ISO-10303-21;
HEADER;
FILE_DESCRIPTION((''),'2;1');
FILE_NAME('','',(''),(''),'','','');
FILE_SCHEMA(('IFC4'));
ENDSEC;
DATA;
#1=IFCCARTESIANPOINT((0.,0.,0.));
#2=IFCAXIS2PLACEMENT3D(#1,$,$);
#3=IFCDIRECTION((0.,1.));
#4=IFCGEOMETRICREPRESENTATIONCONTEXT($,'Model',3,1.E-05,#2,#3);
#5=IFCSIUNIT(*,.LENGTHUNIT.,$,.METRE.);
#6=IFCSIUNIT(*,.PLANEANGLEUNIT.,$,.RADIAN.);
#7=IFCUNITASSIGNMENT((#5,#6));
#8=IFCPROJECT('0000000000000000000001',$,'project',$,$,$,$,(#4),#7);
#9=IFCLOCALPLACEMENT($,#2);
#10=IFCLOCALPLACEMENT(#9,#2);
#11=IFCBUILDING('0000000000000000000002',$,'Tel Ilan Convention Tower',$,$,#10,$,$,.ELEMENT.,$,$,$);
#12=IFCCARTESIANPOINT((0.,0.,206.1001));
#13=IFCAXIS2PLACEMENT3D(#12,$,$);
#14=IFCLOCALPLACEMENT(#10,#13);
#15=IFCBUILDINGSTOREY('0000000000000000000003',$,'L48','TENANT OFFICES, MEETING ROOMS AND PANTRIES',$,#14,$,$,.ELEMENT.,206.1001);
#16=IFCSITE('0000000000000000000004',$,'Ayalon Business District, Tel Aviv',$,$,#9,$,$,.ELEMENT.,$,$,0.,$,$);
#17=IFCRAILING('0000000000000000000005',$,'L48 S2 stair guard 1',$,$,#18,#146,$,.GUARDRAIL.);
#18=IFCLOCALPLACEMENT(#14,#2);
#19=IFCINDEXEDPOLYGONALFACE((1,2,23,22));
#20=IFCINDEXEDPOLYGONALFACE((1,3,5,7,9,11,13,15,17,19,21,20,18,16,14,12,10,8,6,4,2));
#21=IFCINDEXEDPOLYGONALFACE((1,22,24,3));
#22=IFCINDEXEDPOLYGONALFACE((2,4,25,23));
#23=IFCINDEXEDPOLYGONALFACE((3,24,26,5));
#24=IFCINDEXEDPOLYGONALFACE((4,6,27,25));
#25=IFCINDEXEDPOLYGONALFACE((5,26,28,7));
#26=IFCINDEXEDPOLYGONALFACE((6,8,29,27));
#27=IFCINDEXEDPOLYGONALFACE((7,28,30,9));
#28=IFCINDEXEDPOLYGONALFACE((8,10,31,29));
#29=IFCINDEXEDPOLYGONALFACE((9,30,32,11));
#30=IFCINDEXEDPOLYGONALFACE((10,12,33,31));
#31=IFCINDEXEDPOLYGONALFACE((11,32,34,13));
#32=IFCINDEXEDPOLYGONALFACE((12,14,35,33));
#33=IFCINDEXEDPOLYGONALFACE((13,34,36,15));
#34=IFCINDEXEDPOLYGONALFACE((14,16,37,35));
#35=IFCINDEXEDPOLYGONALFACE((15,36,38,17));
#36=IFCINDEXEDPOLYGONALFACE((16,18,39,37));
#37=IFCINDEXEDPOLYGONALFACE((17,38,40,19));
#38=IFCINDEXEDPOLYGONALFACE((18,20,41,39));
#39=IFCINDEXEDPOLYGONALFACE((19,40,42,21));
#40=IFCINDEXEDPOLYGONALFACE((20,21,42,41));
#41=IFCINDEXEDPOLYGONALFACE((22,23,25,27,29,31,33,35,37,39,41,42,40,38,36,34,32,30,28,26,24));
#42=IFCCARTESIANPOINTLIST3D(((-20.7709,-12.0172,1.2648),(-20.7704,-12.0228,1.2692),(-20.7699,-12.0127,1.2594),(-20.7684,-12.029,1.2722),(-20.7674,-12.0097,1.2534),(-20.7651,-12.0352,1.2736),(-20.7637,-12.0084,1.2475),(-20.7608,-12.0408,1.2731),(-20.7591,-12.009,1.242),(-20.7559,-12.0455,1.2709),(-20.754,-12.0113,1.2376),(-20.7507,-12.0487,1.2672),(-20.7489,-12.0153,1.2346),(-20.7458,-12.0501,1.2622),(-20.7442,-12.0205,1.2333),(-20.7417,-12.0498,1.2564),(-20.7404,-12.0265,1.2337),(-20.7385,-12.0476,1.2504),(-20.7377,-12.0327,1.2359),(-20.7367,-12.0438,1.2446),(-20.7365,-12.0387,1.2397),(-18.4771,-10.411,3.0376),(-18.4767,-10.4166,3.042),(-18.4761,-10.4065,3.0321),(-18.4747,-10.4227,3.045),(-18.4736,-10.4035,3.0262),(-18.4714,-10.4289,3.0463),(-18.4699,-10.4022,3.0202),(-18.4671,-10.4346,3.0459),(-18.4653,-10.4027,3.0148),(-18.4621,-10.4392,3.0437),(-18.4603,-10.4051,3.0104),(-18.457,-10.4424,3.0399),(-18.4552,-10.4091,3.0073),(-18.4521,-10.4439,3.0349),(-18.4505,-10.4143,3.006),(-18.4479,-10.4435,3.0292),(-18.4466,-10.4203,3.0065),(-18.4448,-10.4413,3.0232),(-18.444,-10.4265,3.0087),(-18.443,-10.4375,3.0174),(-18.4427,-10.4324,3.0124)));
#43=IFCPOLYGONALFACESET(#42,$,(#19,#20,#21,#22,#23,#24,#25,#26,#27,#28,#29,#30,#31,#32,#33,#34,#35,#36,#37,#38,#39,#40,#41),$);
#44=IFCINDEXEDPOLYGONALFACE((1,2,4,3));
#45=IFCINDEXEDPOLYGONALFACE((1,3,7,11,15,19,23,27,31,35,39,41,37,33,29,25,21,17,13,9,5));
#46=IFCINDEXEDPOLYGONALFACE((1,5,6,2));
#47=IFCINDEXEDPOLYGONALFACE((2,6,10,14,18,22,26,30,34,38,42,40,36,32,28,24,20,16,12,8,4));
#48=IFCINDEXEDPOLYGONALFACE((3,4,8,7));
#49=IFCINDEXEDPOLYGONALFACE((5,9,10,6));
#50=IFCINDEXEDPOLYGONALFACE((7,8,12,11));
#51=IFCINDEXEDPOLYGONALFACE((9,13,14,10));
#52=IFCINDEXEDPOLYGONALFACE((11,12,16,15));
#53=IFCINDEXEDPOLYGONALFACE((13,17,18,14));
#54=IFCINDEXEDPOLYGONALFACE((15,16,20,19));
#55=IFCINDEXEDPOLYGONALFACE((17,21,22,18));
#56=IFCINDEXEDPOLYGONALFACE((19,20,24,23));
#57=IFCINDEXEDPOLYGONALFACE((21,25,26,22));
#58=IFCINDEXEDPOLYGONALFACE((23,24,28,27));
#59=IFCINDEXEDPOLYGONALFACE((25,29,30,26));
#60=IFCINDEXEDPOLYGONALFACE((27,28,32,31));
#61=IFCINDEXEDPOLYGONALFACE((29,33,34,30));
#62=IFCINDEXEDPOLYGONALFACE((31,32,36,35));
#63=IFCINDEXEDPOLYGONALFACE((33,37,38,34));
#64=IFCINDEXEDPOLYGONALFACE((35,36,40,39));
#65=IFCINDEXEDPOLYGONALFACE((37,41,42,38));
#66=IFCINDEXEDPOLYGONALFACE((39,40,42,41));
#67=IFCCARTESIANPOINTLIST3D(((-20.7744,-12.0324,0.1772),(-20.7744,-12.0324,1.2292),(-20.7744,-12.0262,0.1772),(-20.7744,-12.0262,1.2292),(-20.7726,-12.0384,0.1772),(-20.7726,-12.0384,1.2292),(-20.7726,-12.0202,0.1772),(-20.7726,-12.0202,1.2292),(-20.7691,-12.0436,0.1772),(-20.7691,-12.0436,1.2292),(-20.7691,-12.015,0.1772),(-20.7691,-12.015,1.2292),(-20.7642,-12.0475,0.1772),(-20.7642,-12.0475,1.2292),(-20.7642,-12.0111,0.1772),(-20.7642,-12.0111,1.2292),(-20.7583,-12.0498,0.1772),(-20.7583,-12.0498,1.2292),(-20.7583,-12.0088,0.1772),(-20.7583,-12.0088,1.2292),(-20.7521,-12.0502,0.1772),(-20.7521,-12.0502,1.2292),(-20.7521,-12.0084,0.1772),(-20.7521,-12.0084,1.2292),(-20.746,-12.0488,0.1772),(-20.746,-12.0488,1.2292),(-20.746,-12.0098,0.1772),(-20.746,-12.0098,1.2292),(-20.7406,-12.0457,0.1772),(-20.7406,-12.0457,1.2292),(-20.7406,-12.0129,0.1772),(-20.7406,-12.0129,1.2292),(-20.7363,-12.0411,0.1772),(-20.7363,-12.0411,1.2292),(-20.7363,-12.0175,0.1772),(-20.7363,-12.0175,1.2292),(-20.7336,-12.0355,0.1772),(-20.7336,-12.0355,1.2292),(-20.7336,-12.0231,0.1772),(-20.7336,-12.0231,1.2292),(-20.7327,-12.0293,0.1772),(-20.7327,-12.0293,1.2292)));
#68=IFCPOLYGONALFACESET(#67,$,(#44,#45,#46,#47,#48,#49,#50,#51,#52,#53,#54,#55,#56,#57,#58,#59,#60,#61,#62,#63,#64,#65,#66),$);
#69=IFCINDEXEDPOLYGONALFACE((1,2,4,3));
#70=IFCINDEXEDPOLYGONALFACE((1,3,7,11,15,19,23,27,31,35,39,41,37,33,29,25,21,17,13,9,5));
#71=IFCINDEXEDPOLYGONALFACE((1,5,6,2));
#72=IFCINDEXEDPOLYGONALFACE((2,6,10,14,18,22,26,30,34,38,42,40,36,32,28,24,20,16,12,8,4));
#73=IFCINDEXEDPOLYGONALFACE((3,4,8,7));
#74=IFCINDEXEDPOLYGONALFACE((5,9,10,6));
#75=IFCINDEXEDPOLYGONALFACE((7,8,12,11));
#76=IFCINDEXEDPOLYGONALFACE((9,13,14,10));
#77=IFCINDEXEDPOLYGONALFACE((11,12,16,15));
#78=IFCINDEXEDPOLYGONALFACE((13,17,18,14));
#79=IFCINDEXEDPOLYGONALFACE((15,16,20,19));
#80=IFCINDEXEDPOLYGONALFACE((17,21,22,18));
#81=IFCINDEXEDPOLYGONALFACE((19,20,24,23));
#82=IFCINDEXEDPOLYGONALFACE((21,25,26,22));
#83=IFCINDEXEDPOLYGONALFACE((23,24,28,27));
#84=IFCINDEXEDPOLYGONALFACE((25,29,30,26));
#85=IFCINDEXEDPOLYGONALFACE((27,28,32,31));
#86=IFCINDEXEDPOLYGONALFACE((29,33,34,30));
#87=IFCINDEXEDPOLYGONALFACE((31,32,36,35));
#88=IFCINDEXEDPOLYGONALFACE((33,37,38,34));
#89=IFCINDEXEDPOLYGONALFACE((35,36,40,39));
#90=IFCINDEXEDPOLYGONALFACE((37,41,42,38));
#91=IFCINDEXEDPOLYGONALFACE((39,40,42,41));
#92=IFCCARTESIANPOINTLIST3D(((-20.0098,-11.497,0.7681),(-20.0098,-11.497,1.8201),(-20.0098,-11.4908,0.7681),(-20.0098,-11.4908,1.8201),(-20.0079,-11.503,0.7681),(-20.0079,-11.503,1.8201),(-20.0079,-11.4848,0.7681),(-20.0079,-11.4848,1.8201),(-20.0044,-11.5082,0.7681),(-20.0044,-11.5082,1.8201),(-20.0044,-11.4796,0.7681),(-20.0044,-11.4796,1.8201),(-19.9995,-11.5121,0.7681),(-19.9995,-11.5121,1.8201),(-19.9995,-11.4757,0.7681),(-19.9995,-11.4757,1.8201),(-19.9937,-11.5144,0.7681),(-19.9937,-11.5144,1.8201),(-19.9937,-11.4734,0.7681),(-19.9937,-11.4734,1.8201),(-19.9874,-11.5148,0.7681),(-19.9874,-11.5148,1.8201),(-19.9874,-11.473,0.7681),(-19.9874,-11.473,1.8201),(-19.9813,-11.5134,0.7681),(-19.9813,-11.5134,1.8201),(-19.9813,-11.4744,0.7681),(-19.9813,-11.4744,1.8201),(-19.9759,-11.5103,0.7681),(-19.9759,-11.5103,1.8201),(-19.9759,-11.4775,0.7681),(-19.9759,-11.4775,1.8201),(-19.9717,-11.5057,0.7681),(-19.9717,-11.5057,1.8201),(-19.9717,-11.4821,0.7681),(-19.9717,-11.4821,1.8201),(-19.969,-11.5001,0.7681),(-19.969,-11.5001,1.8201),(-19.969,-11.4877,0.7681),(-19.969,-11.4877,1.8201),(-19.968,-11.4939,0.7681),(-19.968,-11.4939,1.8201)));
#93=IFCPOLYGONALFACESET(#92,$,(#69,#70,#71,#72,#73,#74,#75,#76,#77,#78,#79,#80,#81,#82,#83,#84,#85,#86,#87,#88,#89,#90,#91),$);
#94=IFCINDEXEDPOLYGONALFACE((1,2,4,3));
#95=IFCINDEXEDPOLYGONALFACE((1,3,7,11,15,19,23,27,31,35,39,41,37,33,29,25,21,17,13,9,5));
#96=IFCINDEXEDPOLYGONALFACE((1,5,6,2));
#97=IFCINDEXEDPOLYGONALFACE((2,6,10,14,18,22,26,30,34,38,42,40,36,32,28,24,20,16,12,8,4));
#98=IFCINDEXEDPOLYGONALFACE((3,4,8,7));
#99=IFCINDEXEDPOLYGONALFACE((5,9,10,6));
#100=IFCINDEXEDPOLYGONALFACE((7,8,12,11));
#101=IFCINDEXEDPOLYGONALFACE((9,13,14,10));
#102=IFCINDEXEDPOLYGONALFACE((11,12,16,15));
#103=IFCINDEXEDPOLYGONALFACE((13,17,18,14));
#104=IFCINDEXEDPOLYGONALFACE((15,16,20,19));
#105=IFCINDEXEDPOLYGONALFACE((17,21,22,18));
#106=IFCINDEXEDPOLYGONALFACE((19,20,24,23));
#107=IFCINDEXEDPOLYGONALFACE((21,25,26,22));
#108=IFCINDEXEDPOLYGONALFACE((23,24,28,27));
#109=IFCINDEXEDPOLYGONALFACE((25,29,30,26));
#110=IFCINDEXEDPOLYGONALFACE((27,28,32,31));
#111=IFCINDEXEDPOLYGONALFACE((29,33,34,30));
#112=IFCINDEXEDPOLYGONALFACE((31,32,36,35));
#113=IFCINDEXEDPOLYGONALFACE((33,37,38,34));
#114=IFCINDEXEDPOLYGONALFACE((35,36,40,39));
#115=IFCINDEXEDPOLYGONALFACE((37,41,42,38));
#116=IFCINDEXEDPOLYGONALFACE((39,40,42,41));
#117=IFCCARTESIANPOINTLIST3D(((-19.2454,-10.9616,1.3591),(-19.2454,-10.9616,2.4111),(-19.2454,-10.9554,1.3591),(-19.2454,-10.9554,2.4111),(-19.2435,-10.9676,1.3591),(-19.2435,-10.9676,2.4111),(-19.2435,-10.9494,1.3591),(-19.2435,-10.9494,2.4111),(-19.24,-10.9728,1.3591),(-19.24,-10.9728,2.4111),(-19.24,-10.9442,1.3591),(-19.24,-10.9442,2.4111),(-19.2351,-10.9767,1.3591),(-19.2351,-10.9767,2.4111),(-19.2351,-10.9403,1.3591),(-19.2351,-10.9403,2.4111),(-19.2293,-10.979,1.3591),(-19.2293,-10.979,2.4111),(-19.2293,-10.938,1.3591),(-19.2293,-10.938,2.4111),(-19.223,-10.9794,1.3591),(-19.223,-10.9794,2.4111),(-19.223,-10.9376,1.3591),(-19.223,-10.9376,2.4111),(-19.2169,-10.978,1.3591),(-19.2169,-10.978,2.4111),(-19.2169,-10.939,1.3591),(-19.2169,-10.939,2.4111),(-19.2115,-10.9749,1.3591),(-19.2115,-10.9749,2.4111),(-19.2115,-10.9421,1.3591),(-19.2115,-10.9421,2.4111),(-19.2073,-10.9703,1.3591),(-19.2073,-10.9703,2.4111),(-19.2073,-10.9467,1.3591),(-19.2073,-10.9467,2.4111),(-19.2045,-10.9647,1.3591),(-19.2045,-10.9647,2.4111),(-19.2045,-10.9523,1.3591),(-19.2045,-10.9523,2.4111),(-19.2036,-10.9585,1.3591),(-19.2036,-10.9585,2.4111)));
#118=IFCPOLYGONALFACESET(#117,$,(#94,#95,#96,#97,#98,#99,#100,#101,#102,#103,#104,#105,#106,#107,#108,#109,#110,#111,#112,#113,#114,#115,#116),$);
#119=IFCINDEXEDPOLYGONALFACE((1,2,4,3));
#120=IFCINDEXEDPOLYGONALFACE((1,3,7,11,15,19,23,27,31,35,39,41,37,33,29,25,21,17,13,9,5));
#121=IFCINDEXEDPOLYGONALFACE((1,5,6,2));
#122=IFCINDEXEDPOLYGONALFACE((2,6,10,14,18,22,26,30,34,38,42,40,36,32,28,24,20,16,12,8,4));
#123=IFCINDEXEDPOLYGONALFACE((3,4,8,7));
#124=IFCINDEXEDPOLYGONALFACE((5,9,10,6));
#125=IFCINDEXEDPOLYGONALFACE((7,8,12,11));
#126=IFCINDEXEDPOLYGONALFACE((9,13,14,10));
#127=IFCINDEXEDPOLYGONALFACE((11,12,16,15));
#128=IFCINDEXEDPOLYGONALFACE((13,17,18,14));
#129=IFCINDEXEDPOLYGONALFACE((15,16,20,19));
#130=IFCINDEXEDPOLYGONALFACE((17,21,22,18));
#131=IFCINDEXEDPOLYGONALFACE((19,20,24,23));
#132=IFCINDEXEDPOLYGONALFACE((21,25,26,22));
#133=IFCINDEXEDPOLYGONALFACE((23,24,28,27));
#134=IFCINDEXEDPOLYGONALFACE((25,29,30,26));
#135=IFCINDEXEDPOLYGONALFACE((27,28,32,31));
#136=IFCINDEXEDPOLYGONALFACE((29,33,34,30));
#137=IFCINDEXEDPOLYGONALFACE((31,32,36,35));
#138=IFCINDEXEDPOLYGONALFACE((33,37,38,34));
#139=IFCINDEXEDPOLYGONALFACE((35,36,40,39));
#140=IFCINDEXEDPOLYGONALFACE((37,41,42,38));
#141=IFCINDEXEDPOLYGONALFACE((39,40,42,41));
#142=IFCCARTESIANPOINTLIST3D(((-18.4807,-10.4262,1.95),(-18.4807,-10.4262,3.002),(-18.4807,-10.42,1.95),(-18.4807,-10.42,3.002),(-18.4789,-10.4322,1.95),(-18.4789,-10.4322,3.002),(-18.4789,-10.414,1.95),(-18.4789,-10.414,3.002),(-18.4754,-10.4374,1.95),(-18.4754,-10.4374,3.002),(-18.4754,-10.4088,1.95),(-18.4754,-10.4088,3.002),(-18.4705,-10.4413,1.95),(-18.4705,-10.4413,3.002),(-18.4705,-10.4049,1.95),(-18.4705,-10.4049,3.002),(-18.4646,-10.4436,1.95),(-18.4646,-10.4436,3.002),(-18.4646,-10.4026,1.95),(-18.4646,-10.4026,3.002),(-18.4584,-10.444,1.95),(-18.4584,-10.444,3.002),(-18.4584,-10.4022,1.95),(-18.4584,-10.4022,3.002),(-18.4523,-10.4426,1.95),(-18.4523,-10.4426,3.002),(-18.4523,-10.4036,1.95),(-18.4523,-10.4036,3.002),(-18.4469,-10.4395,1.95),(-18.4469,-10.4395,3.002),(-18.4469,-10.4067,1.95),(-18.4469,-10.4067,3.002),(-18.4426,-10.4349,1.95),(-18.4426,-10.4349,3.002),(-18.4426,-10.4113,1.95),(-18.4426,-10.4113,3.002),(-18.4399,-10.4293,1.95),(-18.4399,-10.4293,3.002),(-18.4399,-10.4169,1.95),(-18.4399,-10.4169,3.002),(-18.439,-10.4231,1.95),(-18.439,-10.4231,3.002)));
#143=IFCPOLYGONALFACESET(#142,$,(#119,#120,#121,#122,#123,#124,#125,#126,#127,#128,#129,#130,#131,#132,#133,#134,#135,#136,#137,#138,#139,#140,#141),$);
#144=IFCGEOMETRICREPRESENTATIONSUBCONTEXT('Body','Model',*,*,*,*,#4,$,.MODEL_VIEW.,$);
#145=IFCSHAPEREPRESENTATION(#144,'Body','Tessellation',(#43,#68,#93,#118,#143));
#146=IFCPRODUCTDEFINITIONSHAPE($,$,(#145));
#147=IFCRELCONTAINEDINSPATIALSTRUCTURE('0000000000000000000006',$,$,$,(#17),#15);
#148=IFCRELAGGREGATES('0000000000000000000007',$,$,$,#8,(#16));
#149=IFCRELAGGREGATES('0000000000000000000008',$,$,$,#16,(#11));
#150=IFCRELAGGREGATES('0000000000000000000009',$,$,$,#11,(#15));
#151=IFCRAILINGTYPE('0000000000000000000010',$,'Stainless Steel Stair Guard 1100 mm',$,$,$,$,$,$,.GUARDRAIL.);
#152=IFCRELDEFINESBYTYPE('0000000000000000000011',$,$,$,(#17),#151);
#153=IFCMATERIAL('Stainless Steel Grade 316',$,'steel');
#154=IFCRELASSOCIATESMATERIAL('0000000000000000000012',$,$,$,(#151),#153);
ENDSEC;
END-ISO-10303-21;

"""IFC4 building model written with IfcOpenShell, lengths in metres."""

from ifc_helpers import new_model, si_unit, direction, frame, origin, origin_2d, place, context, subcontext, project, spatial, circle, extrude, material, type_object, element, save


model = new_model("IFC4")

# Units and contexts
model_context = context("Model", 3, precision=1e-05, world=origin(), true_north=direction((0.0, 1.0)))
body_context = subcontext(model_context, "Body", "Model", "MODEL_VIEW")
ifc_project = project(units=[si_unit("LENGTHUNIT", "METRE"), si_unit("PLANEANGLEUNIT", "RADIAN")], contexts=[model_context])

# Site, building, storey
site_placement = place(None, origin())
site = spatial("IfcSite", under=ifc_project, at=site_placement, Name="Ayalon Business District, Tel Aviv", CompositionType="ELEMENT", RefElevation=0.0)
building_placement = place(site_placement, origin())
building = spatial("IfcBuilding", under=site, at=building_placement, Name="Tel Ilan Convention Tower", CompositionType="ELEMENT")
storey_placement = place(building_placement, frame((0.0, 0.0, 206.1001)))
storey = spatial("IfcBuildingStorey", under=building, at=storey_placement, Name="L48", Description="TENANT OFFICES, MEETING ROOMS AND PANTRIES", CompositionType="ELEMENT", Elevation=206.1001)

# Railing
ifc_material_1 = material(Name="Stainless Steel Grade 316", Category="steel")
railing_type_1 = type_object("IfcRailingType", Name="Stainless Steel Stair Guard 1100 mm", PredefinedType="GUARDRAIL", material=ifc_material_1)
railing_1_placement = place(storey_placement, frame((-20.7537, -12.0293, 0.1772)))
element("IfcRailing", 1, at=railing_1_placement, inside=storey, type_object=railing_type_1, Name="L48 S2 stair guard 1", PredefinedType="GUARDRAIL", context=body_context, shape_type="SweptSolid", body=[
    extrude(circle(Radius=0.0239, at=origin_2d()), frame((0.0, 0.0, 1.0762), z_axis=(0.692098, 0.484653, 0.534894), x_axis=(-0.573609, 0.81913, 0.0)), (0.0, 0.0, 1.0), 3.3142),
    extrude(circle(Radius=0.021, at=origin_2d()), origin(), (0.0, 0.0, 1.0), 1.052),
    extrude(circle(Radius=0.021, at=origin_2d()), frame((0.7646, 0.5354, 0.5908)), (0.0, 0.0, 1.0), 1.052),
    extrude(circle(Radius=0.021, at=origin_2d()), frame((1.5291, 1.0708, 1.1819)), (0.0, 0.0, 1.0), 1.052),
    extrude(circle(Radius=0.021, at=origin_2d()), frame((2.2937, 1.6062, 1.7727)), (0.0, 0.0, 1.0), 1.052),
])

save(model, "model.ifc")
